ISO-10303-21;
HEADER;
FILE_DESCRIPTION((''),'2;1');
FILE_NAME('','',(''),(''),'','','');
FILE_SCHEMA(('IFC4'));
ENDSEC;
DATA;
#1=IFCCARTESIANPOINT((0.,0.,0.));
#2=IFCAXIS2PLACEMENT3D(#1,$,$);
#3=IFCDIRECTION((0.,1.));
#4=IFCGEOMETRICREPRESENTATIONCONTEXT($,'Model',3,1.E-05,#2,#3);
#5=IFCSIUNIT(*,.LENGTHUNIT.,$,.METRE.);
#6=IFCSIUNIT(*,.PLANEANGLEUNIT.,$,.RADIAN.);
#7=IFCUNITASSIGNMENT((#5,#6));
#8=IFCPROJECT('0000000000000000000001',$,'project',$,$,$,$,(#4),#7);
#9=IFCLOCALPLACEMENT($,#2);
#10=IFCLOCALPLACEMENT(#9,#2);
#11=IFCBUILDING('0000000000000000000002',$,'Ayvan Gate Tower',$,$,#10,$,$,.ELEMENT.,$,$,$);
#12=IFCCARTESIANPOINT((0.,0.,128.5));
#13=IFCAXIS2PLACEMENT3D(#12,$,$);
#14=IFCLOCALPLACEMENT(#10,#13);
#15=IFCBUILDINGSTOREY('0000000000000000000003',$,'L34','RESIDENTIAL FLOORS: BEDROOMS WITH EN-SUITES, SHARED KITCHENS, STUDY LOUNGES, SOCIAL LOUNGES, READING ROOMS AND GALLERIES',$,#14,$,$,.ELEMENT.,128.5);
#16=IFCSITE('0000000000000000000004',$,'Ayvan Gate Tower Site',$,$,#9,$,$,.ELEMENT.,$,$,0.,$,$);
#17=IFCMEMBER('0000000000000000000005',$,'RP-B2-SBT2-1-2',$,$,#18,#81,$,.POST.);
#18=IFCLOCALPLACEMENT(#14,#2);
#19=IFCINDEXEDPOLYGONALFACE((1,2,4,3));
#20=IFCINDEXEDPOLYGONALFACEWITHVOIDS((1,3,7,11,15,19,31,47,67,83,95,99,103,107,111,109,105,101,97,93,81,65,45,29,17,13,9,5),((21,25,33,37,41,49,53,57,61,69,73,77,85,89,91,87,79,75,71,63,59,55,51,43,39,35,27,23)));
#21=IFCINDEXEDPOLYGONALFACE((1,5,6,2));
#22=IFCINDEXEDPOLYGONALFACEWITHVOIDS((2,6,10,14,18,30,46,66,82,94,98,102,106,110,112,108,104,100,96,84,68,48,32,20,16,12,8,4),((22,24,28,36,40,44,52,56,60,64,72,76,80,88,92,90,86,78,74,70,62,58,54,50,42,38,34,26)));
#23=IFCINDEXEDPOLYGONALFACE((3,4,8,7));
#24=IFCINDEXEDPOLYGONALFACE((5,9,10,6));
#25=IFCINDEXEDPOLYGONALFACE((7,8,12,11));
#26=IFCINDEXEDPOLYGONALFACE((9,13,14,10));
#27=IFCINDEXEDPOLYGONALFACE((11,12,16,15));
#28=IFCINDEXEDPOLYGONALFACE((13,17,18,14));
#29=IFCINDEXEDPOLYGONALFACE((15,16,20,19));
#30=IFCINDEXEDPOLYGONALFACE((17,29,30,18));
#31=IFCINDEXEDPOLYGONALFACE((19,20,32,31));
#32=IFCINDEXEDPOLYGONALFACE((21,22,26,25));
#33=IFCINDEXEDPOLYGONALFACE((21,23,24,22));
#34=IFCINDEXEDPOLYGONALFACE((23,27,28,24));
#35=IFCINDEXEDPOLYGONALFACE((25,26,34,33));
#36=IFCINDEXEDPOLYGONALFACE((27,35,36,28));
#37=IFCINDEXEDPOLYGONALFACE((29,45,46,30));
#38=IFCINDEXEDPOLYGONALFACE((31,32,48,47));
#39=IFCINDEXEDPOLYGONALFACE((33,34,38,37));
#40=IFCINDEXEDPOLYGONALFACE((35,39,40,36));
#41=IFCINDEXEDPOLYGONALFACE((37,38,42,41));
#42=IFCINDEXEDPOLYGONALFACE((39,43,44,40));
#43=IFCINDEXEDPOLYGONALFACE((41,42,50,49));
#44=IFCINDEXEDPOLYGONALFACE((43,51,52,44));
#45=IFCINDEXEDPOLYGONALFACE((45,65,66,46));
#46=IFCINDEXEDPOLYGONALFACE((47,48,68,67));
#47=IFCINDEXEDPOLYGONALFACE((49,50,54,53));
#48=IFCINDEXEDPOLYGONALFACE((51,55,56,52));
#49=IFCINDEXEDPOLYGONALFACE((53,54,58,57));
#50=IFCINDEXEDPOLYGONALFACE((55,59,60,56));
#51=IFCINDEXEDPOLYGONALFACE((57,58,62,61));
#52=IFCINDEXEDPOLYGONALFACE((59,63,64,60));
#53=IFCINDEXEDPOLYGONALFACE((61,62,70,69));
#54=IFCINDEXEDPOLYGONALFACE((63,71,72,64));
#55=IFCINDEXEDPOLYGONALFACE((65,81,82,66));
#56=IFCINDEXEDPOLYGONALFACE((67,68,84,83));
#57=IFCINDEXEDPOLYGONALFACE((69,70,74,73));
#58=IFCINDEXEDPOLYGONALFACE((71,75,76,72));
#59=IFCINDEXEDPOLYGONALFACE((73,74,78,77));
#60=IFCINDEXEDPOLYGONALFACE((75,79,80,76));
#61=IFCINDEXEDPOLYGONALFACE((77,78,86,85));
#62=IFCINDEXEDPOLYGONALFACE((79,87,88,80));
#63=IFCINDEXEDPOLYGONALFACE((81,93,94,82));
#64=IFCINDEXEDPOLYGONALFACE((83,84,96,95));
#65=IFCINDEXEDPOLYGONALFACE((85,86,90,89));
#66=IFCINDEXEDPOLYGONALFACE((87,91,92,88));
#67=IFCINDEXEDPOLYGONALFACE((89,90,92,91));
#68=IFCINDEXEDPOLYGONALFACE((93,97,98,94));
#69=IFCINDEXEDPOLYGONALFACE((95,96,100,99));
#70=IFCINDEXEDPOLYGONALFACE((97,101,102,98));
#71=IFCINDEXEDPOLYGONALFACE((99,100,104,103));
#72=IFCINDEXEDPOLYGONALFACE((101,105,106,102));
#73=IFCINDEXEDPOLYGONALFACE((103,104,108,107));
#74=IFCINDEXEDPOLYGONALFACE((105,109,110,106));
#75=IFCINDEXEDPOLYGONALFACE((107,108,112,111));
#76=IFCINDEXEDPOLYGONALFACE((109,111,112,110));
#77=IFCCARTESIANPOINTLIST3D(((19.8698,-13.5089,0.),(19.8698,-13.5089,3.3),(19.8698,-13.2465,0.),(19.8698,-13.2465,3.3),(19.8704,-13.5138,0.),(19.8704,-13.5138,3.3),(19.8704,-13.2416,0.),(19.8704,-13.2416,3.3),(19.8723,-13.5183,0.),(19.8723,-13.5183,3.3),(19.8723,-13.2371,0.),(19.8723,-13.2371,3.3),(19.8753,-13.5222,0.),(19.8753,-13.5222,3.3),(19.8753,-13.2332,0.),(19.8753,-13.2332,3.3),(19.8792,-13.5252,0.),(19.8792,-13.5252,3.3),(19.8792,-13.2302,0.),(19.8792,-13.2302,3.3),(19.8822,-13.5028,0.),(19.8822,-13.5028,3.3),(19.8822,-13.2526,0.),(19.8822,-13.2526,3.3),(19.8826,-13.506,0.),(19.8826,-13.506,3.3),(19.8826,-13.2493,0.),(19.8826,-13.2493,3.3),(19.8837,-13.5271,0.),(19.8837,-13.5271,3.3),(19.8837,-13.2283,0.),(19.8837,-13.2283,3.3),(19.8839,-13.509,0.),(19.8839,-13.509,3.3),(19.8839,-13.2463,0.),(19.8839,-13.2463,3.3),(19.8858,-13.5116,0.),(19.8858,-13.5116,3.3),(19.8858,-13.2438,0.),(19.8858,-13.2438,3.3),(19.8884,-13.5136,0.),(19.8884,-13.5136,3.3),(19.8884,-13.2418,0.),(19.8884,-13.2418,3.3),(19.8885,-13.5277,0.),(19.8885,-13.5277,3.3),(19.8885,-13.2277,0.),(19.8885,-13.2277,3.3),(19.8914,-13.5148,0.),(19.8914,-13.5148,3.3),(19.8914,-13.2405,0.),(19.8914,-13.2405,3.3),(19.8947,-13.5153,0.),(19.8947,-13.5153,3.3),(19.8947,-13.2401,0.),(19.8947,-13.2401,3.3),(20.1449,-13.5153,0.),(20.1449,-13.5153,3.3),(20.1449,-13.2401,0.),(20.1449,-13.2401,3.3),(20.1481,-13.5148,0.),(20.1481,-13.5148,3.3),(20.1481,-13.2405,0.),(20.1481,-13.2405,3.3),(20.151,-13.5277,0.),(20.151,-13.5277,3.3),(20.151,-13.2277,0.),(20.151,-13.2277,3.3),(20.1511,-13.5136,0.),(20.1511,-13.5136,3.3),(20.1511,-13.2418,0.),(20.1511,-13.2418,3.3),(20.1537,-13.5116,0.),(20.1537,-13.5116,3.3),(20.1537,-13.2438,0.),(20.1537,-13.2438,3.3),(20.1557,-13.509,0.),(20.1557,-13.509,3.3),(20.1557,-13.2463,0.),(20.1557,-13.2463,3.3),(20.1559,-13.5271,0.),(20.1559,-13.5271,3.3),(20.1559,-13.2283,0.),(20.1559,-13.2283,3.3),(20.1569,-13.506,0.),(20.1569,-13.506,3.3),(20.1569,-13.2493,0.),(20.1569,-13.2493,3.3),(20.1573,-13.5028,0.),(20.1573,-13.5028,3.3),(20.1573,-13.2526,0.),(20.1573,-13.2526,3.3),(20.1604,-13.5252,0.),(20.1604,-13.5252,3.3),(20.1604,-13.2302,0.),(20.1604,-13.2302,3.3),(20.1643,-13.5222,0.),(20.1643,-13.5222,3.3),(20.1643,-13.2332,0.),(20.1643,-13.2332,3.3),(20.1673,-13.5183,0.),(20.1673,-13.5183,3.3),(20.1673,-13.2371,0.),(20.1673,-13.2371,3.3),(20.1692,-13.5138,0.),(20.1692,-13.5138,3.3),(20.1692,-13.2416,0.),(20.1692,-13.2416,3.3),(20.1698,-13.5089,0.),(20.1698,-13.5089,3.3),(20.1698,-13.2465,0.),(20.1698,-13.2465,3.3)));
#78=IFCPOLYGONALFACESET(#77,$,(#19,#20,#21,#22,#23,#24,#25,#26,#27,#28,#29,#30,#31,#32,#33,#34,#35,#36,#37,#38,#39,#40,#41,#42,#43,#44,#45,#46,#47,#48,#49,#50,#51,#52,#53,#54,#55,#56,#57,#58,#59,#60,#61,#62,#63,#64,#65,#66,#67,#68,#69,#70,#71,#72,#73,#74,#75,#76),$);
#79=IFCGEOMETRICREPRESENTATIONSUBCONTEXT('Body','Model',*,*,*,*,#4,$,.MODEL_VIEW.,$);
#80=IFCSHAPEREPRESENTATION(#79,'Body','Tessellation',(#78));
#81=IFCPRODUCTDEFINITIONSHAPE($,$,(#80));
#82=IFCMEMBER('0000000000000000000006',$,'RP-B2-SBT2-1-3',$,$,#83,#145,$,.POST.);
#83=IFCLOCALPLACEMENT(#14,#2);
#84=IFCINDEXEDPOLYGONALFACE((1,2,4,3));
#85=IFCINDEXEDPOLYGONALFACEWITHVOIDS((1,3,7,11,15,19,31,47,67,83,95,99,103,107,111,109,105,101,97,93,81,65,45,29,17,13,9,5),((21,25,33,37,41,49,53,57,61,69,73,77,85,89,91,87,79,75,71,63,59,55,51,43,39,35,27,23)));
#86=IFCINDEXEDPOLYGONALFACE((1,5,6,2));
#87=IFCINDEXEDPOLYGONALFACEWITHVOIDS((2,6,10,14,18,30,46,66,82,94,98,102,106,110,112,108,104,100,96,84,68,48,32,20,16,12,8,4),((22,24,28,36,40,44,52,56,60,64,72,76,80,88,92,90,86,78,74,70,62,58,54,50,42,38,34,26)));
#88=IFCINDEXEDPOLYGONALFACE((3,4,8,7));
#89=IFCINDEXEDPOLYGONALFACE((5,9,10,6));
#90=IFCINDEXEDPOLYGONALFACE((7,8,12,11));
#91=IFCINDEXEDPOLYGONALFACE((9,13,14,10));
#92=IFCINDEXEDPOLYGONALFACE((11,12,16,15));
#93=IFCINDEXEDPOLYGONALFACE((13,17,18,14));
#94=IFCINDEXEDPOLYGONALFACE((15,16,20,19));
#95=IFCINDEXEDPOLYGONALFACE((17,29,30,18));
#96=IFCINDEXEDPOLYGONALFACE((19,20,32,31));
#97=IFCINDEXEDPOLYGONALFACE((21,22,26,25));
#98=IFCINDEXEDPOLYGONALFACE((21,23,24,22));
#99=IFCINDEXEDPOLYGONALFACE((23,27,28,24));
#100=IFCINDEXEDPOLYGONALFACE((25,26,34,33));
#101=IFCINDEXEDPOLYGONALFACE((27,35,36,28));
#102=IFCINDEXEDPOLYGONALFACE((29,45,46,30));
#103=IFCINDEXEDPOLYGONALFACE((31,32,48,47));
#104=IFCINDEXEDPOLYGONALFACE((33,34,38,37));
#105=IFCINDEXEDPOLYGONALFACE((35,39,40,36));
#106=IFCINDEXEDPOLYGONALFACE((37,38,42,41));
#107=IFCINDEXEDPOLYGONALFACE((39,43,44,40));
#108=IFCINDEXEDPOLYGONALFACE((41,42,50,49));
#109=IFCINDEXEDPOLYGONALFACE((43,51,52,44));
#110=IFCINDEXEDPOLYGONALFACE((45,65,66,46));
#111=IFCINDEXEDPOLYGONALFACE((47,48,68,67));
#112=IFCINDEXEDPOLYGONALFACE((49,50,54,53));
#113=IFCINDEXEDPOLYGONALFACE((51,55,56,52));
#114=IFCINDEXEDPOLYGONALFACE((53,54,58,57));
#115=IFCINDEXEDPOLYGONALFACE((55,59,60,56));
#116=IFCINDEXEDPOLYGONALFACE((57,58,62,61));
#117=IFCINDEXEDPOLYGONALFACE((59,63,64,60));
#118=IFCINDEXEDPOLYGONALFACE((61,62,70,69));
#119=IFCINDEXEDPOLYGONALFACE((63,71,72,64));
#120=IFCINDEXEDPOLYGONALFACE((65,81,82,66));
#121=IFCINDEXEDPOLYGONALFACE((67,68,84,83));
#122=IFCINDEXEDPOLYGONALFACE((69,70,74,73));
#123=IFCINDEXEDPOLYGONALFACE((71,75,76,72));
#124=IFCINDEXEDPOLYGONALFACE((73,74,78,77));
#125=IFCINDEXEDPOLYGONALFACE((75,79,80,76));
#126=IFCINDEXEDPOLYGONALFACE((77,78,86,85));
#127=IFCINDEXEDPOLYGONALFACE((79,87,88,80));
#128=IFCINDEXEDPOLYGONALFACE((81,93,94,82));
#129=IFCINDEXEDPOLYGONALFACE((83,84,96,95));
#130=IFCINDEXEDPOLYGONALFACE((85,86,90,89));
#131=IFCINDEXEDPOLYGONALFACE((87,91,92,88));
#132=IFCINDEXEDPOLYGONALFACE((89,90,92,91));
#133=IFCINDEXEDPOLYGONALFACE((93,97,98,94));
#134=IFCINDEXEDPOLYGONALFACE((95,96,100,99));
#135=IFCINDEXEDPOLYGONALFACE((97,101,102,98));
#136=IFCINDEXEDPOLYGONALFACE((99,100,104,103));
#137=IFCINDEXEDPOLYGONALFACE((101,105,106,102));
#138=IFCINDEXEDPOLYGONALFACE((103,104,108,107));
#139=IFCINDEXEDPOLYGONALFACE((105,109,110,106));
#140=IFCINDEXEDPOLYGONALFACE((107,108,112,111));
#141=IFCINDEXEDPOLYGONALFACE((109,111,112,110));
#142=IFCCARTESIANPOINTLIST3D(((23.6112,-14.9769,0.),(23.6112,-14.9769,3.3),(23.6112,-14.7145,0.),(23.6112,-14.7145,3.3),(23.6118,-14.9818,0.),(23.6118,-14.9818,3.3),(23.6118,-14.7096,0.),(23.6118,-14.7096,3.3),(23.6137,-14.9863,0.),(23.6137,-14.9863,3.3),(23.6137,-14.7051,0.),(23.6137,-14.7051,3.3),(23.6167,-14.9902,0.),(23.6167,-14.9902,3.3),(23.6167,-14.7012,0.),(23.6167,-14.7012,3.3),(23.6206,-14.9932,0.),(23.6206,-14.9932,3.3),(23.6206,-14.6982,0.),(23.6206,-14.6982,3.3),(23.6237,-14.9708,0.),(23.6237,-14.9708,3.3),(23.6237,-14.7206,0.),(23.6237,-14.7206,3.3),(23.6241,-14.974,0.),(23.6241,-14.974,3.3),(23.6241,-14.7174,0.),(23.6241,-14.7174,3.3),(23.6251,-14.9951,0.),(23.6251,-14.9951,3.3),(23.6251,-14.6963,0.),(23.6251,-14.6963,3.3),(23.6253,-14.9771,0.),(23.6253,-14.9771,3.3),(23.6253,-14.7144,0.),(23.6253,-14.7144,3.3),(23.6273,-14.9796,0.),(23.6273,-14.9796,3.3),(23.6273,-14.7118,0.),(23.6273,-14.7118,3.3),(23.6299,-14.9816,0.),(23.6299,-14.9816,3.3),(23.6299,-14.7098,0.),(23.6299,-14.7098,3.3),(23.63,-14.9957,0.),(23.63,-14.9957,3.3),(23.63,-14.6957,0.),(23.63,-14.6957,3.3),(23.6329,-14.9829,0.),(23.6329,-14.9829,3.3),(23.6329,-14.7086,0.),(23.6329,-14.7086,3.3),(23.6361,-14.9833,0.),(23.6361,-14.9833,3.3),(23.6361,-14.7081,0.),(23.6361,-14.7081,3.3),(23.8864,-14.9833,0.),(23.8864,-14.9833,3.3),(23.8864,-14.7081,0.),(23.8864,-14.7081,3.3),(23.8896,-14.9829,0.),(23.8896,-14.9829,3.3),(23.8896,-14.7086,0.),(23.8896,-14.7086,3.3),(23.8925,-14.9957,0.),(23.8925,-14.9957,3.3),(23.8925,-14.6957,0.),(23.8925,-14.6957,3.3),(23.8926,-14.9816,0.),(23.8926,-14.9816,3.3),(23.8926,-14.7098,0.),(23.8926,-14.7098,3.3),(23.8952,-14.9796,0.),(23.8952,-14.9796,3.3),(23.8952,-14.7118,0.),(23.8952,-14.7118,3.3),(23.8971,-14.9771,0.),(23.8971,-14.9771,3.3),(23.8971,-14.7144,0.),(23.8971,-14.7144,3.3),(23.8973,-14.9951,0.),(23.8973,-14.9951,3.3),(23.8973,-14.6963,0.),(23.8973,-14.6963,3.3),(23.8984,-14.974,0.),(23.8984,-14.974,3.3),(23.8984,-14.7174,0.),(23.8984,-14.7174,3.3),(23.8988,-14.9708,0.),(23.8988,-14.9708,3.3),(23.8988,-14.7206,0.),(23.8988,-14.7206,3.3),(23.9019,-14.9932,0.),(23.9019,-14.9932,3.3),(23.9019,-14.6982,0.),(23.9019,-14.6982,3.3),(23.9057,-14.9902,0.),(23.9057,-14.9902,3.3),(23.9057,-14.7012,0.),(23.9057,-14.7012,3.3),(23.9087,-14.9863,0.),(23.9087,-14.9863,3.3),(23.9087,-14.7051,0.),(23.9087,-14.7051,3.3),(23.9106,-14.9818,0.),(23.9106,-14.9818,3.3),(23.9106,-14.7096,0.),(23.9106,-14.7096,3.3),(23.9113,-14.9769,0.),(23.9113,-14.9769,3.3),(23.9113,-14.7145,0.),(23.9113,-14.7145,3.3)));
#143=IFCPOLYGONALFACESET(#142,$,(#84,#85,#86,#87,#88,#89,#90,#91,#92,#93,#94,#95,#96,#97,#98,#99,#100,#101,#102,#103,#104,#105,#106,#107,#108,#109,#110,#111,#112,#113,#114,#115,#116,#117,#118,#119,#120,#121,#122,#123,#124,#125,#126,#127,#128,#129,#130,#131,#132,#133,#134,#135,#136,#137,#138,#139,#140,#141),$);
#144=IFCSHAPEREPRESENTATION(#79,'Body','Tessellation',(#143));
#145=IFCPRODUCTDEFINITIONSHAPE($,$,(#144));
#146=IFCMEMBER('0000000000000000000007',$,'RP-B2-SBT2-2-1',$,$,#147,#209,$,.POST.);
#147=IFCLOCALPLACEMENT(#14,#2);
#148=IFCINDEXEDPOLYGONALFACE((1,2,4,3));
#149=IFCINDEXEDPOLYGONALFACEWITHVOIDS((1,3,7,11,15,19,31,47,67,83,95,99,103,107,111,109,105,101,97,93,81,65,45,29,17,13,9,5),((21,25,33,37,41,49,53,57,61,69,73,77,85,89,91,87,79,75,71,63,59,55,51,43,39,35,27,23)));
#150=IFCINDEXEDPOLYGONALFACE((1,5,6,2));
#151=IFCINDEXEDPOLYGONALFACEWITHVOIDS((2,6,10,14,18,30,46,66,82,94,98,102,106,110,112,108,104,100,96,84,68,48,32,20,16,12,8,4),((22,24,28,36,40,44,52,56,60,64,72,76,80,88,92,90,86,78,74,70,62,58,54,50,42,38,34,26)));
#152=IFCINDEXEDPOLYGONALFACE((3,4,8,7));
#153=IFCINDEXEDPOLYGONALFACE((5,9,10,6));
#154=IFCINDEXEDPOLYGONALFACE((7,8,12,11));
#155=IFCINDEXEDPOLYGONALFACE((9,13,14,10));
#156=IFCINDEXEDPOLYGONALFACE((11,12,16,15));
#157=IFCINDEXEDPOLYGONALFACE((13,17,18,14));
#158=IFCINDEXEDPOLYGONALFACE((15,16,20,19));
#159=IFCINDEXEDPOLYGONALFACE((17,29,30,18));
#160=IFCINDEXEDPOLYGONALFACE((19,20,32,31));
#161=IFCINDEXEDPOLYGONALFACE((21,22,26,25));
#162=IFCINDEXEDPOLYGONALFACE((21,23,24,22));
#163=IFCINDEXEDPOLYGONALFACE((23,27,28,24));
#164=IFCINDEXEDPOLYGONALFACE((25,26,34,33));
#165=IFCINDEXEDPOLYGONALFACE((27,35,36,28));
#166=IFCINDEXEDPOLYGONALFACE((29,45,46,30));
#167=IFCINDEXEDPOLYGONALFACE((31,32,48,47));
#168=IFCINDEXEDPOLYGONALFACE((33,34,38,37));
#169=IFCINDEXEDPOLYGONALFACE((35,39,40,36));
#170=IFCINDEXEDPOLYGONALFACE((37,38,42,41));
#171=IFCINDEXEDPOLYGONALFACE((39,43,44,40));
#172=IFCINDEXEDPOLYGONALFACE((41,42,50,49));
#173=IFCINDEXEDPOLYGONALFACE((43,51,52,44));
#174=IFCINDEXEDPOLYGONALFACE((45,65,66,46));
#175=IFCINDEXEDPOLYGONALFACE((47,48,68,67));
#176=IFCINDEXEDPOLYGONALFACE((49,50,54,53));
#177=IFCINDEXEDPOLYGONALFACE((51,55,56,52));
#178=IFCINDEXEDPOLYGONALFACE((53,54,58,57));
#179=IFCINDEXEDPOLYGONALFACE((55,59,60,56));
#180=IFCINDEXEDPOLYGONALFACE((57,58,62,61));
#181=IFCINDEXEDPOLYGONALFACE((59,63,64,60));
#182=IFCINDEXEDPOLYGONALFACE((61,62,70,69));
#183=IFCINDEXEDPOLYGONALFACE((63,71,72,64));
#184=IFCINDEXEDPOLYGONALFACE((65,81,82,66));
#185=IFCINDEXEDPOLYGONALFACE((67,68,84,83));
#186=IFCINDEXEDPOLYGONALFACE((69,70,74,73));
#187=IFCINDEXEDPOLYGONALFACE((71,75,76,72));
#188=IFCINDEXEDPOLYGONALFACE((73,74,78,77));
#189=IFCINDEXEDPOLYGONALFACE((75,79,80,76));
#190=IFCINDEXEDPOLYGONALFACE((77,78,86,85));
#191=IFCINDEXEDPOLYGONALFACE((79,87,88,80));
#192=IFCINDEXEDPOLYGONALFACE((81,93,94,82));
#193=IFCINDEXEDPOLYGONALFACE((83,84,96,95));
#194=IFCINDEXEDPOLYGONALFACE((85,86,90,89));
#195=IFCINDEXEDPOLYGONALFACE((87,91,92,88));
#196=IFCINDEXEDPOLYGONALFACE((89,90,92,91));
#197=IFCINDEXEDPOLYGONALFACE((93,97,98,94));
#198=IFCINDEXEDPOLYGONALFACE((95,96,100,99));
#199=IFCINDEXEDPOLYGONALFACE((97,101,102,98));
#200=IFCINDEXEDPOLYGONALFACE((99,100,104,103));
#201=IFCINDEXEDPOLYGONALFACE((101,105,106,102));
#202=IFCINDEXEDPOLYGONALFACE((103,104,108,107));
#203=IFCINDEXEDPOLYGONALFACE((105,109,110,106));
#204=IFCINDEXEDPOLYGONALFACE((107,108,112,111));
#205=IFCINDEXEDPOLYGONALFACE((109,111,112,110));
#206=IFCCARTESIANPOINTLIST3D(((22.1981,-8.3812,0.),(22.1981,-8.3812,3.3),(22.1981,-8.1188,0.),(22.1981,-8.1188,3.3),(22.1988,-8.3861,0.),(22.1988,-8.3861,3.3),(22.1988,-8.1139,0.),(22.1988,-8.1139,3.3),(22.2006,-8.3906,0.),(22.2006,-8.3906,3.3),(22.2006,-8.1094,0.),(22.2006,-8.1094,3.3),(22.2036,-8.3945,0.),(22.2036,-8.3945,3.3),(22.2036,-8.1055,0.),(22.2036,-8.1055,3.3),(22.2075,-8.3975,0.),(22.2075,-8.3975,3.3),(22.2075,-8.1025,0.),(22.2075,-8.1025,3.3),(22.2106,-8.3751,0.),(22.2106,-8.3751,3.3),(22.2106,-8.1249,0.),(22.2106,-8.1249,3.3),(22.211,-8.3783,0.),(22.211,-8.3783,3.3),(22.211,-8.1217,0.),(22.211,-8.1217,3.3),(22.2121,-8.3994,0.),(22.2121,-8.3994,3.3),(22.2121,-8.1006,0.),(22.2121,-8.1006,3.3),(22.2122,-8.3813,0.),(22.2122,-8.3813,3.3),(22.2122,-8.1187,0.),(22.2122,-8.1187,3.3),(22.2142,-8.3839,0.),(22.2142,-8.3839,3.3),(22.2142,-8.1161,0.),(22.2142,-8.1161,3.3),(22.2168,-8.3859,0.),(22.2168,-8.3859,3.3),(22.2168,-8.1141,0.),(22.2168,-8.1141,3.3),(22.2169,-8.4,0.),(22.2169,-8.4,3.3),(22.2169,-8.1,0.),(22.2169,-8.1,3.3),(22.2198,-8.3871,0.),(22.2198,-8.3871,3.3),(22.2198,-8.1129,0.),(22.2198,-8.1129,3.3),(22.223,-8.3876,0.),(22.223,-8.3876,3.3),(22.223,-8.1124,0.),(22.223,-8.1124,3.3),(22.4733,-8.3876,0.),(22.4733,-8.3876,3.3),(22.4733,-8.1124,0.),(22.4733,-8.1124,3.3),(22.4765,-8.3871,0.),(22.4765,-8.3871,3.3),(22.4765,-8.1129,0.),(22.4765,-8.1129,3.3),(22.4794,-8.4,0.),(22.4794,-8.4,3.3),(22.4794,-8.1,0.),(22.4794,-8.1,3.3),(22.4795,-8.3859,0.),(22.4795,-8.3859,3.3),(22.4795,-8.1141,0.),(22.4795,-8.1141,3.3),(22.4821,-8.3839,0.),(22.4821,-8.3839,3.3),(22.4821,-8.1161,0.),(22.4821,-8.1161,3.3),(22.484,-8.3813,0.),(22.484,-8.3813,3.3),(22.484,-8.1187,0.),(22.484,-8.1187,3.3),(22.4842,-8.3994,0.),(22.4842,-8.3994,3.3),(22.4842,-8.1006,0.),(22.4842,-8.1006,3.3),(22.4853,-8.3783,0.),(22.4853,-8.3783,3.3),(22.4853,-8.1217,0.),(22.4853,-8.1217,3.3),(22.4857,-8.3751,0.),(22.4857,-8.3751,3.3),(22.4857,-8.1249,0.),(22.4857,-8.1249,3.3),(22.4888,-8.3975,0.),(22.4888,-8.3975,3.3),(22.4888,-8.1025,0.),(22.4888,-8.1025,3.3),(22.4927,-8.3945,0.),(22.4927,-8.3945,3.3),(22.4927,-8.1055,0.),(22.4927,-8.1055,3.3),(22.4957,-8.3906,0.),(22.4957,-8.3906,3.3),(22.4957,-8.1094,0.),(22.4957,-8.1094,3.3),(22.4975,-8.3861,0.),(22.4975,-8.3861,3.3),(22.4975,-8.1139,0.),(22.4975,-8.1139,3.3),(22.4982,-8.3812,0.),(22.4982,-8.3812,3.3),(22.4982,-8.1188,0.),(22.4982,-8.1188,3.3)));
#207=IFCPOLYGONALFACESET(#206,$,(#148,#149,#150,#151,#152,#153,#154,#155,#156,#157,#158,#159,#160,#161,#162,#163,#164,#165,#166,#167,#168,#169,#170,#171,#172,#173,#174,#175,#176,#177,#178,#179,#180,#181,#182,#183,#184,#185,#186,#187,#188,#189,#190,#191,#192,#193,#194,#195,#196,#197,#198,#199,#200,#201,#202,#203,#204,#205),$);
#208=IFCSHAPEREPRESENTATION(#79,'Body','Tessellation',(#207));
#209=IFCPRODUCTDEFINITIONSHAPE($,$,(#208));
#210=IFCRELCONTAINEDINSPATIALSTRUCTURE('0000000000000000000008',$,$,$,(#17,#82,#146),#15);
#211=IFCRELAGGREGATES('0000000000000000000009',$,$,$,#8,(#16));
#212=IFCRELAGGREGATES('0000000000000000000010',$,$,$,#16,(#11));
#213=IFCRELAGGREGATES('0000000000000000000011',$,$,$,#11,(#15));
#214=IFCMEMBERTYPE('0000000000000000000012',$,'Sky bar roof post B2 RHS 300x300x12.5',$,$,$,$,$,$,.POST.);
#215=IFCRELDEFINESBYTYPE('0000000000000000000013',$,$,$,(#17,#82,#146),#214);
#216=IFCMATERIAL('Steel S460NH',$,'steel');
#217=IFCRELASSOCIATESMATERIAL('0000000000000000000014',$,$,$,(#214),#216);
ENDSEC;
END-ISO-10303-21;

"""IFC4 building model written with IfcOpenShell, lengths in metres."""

from ifc_helpers import new_model, si_unit, direction, frame, origin, origin_2d, place, context, subcontext, project, spatial, hollow_rectangle, extrude, material, material_profile, profile_set, type_object, element, save


model = new_model("IFC4")

# Units and contexts
model_context = context("Model", 3, precision=1e-05, world=origin(), true_north=direction((0.0, 1.0)))
body_context = subcontext(model_context, "Body", "Model", "MODEL_VIEW")
ifc_project = project(units=[si_unit("LENGTHUNIT", "METRE"), si_unit("PLANEANGLEUNIT", "RADIAN")], contexts=[model_context])

# Site, building, storey
site_placement = place(None, origin())
site = spatial("IfcSite", under=ifc_project, at=site_placement, Name="Ayvan Gate Tower Site", CompositionType="ELEMENT", RefElevation=0.0)
building_placement = place(site_placement, origin())
building = spatial("IfcBuilding", under=site, at=building_placement, Name="Ayvan Gate Tower", CompositionType="ELEMENT")
storey_placement = place(building_placement, frame((0.0, 0.0, 128.5)))
storey = spatial("IfcBuildingStorey", under=building, at=storey_placement, Name="L34", Description="RESIDENTIAL FLOORS: BEDROOMS WITH EN-SUITES, SHARED KITCHENS, STUDY LOUNGES, SOCIAL LOUNGES, READING ROOMS AND GALLERIES", CompositionType="ELEMENT", Elevation=128.5)

# Members
ifc_material_1 = material(Name="Steel S460NH", Category="steel")
ifc_material_profile_1 = material_profile(ifc_material_1, hollow_rectangle(XDim=0.3, YDim=0.3, WallThickness=0.0125, InnerFilletRadius=0.0125, OuterFilletRadius=0.0188, at=origin_2d()), Name="RHS 300x300x12.5")
ifc_profile_set_1 = profile_set([ifc_material_profile_1], Name="Steel S460NH")
member_type_1 = type_object("IfcMemberType", Name="Sky bar roof post B2 RHS 300x300x12.5", PredefinedType="POST", material=ifc_profile_set_1)
for number, where, z_axis, x_axis, name in (
    (1, (20.0198, -13.3777, 0.0), (0.0, 0.0, 1.0), (1.0, 0.0, 0.0), "RP-B2-SBT2-1-2"),
    (2, (23.7612, -14.8457, 0.0), (0.0, 0.0, 1.0), (1.0, 0.0, 0.0), "RP-B2-SBT2-1-3"),
    (3, (22.3481, -8.25, 0.0), (0.0, 0.0, 1.0), (1.0, 0.0, 0.0), "RP-B2-SBT2-2-1"),
):
    element("IfcMember", number, at=place(storey_placement, frame(where, z_axis=z_axis, x_axis=x_axis)), inside=storey, type_object=member_type_1, Name=name, PredefinedType="POST", context=body_context, shape_type="SweptSolid", body=[
        extrude(hollow_rectangle(XDim=0.3, YDim=0.3, WallThickness=0.0125, InnerFilletRadius=0.0125, OuterFilletRadius=0.0188, at=origin_2d()), origin(), (0.0, 0.0, 1.0), 3.3),
    ])

save(model, "model.ifc")
